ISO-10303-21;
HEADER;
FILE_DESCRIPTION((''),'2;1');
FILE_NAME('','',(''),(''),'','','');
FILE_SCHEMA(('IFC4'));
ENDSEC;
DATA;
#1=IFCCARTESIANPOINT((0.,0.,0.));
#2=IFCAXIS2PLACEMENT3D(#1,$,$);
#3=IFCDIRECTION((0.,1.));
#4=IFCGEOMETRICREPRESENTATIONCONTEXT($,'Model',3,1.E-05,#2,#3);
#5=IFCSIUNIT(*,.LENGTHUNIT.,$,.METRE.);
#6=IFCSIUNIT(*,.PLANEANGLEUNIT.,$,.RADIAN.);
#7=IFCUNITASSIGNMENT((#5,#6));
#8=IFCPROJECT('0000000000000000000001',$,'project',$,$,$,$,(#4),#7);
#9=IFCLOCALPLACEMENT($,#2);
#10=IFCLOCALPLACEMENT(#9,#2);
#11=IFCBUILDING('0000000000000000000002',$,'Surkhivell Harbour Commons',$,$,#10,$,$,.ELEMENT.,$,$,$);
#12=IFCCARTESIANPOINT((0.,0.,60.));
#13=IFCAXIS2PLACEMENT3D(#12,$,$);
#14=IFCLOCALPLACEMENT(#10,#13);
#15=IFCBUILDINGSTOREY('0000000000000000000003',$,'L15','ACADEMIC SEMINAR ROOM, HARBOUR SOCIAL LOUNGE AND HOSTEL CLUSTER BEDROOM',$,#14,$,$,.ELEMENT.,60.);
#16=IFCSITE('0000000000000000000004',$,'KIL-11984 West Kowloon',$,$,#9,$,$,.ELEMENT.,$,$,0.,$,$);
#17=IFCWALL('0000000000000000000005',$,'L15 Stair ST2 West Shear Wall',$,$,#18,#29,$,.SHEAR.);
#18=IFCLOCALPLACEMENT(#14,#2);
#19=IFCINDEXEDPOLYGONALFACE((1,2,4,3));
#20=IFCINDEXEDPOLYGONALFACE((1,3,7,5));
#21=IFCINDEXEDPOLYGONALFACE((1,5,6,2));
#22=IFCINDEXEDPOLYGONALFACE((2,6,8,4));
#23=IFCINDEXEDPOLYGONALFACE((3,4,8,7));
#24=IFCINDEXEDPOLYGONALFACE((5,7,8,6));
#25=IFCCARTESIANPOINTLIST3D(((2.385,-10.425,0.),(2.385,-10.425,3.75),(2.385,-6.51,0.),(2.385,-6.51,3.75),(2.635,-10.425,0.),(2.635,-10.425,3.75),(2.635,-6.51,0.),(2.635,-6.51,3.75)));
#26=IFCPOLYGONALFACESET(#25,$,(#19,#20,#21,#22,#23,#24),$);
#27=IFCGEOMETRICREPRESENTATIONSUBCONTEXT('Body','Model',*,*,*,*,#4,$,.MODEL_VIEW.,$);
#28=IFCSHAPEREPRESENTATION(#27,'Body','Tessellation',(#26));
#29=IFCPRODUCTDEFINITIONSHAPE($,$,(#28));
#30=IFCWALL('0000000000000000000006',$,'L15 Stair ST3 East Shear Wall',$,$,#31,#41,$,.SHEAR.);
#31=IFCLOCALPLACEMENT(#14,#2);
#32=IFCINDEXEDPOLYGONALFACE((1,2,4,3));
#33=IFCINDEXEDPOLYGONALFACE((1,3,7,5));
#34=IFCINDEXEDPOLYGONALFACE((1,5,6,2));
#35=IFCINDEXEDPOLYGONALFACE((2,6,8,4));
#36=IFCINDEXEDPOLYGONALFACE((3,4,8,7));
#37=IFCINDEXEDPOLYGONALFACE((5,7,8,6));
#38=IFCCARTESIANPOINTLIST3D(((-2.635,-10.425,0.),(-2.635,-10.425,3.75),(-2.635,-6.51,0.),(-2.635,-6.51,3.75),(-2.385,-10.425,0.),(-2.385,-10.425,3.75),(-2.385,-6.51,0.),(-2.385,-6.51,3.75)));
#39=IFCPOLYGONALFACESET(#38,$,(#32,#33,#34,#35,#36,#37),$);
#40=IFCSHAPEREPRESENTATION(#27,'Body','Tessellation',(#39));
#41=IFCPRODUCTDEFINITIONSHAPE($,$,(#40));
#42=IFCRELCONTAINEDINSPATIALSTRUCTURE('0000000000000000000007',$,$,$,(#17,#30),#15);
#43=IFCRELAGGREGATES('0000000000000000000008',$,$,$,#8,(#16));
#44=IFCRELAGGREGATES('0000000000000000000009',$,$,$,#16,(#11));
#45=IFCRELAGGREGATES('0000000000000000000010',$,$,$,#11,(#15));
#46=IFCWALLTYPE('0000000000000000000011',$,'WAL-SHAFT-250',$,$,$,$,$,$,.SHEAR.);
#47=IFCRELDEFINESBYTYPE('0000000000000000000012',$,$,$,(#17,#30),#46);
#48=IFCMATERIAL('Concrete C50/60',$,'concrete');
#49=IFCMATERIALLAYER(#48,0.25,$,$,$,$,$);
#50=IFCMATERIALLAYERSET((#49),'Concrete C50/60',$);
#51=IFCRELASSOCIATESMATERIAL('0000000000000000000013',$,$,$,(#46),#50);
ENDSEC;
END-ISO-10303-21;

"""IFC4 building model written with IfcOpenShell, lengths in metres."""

from ifc_helpers import new_model, si_unit, direction, frame, frame_2d, origin, place, context, subcontext, project, spatial, rectangle, extrude, material, layer, layer_set, type_object, element, save


model = new_model("IFC4")

# Units and contexts
model_context = context("Model", 3, precision=1e-05, world=origin(), true_north=direction((0.0, 1.0)))
body_context = subcontext(model_context, "Body", "Model", "MODEL_VIEW")
ifc_project = project(units=[si_unit("LENGTHUNIT", "METRE"), si_unit("PLANEANGLEUNIT", "RADIAN")], contexts=[model_context])

# Site, building, storey
site_placement = place(None, origin())
site = spatial("IfcSite", under=ifc_project, at=site_placement, Name="KIL-11984 West Kowloon", CompositionType="ELEMENT", RefElevation=0.0)
building_placement = place(site_placement, origin())
building = spatial("IfcBuilding", under=site, at=building_placement, Name="Surkhivell Harbour Commons", CompositionType="ELEMENT")
storey_placement = place(building_placement, frame((0.0, 0.0, 60.0)))
storey = spatial("IfcBuildingStorey", under=building, at=storey_placement, Name="L15", Description="ACADEMIC SEMINAR ROOM, HARBOUR SOCIAL LOUNGE AND HOSTEL CLUSTER BEDROOM", CompositionType="ELEMENT", Elevation=60.0)

# Shared definitions
ifc_material_1 = material(Name="Concrete C50/60", Category="concrete")
ifc_layer_1 = layer(ifc_material_1, 0.25)
ifc_layer_set_1 = layer_set([ifc_layer_1], Name="Concrete C50/60")
wall_type_1 = type_object("IfcWallType", Name="WAL-SHAFT-250", PredefinedType="SHEAR", material=ifc_layer_set_1)

# Walls
for number, where, z_axis, x_axis, name in (
    (1, (2.51, -10.425, 0.0), (0.0, 0.0, 1.0), (0.0, 1.0, 0.0), "L15 Stair ST2 West Shear Wall"),
    (2, (-2.51, -10.425, 0.0), (0.0, 0.0, 1.0), (0.0, 1.0, 0.0), "L15 Stair ST3 East Shear Wall"),
):
    element("IfcWall", number, at=place(storey_placement, frame(where, z_axis=z_axis, x_axis=x_axis)), inside=storey, type_object=wall_type_1, Name=name, PredefinedType="SHEAR", context=body_context, shape_type="SweptSolid", body=[
        extrude(rectangle(XDim=3.915, YDim=0.25, at=frame_2d((1.9575, 0.0))), origin(), (0.0, 0.0, 1.0), 3.75),
    ])

save(model, "model.ifc")
